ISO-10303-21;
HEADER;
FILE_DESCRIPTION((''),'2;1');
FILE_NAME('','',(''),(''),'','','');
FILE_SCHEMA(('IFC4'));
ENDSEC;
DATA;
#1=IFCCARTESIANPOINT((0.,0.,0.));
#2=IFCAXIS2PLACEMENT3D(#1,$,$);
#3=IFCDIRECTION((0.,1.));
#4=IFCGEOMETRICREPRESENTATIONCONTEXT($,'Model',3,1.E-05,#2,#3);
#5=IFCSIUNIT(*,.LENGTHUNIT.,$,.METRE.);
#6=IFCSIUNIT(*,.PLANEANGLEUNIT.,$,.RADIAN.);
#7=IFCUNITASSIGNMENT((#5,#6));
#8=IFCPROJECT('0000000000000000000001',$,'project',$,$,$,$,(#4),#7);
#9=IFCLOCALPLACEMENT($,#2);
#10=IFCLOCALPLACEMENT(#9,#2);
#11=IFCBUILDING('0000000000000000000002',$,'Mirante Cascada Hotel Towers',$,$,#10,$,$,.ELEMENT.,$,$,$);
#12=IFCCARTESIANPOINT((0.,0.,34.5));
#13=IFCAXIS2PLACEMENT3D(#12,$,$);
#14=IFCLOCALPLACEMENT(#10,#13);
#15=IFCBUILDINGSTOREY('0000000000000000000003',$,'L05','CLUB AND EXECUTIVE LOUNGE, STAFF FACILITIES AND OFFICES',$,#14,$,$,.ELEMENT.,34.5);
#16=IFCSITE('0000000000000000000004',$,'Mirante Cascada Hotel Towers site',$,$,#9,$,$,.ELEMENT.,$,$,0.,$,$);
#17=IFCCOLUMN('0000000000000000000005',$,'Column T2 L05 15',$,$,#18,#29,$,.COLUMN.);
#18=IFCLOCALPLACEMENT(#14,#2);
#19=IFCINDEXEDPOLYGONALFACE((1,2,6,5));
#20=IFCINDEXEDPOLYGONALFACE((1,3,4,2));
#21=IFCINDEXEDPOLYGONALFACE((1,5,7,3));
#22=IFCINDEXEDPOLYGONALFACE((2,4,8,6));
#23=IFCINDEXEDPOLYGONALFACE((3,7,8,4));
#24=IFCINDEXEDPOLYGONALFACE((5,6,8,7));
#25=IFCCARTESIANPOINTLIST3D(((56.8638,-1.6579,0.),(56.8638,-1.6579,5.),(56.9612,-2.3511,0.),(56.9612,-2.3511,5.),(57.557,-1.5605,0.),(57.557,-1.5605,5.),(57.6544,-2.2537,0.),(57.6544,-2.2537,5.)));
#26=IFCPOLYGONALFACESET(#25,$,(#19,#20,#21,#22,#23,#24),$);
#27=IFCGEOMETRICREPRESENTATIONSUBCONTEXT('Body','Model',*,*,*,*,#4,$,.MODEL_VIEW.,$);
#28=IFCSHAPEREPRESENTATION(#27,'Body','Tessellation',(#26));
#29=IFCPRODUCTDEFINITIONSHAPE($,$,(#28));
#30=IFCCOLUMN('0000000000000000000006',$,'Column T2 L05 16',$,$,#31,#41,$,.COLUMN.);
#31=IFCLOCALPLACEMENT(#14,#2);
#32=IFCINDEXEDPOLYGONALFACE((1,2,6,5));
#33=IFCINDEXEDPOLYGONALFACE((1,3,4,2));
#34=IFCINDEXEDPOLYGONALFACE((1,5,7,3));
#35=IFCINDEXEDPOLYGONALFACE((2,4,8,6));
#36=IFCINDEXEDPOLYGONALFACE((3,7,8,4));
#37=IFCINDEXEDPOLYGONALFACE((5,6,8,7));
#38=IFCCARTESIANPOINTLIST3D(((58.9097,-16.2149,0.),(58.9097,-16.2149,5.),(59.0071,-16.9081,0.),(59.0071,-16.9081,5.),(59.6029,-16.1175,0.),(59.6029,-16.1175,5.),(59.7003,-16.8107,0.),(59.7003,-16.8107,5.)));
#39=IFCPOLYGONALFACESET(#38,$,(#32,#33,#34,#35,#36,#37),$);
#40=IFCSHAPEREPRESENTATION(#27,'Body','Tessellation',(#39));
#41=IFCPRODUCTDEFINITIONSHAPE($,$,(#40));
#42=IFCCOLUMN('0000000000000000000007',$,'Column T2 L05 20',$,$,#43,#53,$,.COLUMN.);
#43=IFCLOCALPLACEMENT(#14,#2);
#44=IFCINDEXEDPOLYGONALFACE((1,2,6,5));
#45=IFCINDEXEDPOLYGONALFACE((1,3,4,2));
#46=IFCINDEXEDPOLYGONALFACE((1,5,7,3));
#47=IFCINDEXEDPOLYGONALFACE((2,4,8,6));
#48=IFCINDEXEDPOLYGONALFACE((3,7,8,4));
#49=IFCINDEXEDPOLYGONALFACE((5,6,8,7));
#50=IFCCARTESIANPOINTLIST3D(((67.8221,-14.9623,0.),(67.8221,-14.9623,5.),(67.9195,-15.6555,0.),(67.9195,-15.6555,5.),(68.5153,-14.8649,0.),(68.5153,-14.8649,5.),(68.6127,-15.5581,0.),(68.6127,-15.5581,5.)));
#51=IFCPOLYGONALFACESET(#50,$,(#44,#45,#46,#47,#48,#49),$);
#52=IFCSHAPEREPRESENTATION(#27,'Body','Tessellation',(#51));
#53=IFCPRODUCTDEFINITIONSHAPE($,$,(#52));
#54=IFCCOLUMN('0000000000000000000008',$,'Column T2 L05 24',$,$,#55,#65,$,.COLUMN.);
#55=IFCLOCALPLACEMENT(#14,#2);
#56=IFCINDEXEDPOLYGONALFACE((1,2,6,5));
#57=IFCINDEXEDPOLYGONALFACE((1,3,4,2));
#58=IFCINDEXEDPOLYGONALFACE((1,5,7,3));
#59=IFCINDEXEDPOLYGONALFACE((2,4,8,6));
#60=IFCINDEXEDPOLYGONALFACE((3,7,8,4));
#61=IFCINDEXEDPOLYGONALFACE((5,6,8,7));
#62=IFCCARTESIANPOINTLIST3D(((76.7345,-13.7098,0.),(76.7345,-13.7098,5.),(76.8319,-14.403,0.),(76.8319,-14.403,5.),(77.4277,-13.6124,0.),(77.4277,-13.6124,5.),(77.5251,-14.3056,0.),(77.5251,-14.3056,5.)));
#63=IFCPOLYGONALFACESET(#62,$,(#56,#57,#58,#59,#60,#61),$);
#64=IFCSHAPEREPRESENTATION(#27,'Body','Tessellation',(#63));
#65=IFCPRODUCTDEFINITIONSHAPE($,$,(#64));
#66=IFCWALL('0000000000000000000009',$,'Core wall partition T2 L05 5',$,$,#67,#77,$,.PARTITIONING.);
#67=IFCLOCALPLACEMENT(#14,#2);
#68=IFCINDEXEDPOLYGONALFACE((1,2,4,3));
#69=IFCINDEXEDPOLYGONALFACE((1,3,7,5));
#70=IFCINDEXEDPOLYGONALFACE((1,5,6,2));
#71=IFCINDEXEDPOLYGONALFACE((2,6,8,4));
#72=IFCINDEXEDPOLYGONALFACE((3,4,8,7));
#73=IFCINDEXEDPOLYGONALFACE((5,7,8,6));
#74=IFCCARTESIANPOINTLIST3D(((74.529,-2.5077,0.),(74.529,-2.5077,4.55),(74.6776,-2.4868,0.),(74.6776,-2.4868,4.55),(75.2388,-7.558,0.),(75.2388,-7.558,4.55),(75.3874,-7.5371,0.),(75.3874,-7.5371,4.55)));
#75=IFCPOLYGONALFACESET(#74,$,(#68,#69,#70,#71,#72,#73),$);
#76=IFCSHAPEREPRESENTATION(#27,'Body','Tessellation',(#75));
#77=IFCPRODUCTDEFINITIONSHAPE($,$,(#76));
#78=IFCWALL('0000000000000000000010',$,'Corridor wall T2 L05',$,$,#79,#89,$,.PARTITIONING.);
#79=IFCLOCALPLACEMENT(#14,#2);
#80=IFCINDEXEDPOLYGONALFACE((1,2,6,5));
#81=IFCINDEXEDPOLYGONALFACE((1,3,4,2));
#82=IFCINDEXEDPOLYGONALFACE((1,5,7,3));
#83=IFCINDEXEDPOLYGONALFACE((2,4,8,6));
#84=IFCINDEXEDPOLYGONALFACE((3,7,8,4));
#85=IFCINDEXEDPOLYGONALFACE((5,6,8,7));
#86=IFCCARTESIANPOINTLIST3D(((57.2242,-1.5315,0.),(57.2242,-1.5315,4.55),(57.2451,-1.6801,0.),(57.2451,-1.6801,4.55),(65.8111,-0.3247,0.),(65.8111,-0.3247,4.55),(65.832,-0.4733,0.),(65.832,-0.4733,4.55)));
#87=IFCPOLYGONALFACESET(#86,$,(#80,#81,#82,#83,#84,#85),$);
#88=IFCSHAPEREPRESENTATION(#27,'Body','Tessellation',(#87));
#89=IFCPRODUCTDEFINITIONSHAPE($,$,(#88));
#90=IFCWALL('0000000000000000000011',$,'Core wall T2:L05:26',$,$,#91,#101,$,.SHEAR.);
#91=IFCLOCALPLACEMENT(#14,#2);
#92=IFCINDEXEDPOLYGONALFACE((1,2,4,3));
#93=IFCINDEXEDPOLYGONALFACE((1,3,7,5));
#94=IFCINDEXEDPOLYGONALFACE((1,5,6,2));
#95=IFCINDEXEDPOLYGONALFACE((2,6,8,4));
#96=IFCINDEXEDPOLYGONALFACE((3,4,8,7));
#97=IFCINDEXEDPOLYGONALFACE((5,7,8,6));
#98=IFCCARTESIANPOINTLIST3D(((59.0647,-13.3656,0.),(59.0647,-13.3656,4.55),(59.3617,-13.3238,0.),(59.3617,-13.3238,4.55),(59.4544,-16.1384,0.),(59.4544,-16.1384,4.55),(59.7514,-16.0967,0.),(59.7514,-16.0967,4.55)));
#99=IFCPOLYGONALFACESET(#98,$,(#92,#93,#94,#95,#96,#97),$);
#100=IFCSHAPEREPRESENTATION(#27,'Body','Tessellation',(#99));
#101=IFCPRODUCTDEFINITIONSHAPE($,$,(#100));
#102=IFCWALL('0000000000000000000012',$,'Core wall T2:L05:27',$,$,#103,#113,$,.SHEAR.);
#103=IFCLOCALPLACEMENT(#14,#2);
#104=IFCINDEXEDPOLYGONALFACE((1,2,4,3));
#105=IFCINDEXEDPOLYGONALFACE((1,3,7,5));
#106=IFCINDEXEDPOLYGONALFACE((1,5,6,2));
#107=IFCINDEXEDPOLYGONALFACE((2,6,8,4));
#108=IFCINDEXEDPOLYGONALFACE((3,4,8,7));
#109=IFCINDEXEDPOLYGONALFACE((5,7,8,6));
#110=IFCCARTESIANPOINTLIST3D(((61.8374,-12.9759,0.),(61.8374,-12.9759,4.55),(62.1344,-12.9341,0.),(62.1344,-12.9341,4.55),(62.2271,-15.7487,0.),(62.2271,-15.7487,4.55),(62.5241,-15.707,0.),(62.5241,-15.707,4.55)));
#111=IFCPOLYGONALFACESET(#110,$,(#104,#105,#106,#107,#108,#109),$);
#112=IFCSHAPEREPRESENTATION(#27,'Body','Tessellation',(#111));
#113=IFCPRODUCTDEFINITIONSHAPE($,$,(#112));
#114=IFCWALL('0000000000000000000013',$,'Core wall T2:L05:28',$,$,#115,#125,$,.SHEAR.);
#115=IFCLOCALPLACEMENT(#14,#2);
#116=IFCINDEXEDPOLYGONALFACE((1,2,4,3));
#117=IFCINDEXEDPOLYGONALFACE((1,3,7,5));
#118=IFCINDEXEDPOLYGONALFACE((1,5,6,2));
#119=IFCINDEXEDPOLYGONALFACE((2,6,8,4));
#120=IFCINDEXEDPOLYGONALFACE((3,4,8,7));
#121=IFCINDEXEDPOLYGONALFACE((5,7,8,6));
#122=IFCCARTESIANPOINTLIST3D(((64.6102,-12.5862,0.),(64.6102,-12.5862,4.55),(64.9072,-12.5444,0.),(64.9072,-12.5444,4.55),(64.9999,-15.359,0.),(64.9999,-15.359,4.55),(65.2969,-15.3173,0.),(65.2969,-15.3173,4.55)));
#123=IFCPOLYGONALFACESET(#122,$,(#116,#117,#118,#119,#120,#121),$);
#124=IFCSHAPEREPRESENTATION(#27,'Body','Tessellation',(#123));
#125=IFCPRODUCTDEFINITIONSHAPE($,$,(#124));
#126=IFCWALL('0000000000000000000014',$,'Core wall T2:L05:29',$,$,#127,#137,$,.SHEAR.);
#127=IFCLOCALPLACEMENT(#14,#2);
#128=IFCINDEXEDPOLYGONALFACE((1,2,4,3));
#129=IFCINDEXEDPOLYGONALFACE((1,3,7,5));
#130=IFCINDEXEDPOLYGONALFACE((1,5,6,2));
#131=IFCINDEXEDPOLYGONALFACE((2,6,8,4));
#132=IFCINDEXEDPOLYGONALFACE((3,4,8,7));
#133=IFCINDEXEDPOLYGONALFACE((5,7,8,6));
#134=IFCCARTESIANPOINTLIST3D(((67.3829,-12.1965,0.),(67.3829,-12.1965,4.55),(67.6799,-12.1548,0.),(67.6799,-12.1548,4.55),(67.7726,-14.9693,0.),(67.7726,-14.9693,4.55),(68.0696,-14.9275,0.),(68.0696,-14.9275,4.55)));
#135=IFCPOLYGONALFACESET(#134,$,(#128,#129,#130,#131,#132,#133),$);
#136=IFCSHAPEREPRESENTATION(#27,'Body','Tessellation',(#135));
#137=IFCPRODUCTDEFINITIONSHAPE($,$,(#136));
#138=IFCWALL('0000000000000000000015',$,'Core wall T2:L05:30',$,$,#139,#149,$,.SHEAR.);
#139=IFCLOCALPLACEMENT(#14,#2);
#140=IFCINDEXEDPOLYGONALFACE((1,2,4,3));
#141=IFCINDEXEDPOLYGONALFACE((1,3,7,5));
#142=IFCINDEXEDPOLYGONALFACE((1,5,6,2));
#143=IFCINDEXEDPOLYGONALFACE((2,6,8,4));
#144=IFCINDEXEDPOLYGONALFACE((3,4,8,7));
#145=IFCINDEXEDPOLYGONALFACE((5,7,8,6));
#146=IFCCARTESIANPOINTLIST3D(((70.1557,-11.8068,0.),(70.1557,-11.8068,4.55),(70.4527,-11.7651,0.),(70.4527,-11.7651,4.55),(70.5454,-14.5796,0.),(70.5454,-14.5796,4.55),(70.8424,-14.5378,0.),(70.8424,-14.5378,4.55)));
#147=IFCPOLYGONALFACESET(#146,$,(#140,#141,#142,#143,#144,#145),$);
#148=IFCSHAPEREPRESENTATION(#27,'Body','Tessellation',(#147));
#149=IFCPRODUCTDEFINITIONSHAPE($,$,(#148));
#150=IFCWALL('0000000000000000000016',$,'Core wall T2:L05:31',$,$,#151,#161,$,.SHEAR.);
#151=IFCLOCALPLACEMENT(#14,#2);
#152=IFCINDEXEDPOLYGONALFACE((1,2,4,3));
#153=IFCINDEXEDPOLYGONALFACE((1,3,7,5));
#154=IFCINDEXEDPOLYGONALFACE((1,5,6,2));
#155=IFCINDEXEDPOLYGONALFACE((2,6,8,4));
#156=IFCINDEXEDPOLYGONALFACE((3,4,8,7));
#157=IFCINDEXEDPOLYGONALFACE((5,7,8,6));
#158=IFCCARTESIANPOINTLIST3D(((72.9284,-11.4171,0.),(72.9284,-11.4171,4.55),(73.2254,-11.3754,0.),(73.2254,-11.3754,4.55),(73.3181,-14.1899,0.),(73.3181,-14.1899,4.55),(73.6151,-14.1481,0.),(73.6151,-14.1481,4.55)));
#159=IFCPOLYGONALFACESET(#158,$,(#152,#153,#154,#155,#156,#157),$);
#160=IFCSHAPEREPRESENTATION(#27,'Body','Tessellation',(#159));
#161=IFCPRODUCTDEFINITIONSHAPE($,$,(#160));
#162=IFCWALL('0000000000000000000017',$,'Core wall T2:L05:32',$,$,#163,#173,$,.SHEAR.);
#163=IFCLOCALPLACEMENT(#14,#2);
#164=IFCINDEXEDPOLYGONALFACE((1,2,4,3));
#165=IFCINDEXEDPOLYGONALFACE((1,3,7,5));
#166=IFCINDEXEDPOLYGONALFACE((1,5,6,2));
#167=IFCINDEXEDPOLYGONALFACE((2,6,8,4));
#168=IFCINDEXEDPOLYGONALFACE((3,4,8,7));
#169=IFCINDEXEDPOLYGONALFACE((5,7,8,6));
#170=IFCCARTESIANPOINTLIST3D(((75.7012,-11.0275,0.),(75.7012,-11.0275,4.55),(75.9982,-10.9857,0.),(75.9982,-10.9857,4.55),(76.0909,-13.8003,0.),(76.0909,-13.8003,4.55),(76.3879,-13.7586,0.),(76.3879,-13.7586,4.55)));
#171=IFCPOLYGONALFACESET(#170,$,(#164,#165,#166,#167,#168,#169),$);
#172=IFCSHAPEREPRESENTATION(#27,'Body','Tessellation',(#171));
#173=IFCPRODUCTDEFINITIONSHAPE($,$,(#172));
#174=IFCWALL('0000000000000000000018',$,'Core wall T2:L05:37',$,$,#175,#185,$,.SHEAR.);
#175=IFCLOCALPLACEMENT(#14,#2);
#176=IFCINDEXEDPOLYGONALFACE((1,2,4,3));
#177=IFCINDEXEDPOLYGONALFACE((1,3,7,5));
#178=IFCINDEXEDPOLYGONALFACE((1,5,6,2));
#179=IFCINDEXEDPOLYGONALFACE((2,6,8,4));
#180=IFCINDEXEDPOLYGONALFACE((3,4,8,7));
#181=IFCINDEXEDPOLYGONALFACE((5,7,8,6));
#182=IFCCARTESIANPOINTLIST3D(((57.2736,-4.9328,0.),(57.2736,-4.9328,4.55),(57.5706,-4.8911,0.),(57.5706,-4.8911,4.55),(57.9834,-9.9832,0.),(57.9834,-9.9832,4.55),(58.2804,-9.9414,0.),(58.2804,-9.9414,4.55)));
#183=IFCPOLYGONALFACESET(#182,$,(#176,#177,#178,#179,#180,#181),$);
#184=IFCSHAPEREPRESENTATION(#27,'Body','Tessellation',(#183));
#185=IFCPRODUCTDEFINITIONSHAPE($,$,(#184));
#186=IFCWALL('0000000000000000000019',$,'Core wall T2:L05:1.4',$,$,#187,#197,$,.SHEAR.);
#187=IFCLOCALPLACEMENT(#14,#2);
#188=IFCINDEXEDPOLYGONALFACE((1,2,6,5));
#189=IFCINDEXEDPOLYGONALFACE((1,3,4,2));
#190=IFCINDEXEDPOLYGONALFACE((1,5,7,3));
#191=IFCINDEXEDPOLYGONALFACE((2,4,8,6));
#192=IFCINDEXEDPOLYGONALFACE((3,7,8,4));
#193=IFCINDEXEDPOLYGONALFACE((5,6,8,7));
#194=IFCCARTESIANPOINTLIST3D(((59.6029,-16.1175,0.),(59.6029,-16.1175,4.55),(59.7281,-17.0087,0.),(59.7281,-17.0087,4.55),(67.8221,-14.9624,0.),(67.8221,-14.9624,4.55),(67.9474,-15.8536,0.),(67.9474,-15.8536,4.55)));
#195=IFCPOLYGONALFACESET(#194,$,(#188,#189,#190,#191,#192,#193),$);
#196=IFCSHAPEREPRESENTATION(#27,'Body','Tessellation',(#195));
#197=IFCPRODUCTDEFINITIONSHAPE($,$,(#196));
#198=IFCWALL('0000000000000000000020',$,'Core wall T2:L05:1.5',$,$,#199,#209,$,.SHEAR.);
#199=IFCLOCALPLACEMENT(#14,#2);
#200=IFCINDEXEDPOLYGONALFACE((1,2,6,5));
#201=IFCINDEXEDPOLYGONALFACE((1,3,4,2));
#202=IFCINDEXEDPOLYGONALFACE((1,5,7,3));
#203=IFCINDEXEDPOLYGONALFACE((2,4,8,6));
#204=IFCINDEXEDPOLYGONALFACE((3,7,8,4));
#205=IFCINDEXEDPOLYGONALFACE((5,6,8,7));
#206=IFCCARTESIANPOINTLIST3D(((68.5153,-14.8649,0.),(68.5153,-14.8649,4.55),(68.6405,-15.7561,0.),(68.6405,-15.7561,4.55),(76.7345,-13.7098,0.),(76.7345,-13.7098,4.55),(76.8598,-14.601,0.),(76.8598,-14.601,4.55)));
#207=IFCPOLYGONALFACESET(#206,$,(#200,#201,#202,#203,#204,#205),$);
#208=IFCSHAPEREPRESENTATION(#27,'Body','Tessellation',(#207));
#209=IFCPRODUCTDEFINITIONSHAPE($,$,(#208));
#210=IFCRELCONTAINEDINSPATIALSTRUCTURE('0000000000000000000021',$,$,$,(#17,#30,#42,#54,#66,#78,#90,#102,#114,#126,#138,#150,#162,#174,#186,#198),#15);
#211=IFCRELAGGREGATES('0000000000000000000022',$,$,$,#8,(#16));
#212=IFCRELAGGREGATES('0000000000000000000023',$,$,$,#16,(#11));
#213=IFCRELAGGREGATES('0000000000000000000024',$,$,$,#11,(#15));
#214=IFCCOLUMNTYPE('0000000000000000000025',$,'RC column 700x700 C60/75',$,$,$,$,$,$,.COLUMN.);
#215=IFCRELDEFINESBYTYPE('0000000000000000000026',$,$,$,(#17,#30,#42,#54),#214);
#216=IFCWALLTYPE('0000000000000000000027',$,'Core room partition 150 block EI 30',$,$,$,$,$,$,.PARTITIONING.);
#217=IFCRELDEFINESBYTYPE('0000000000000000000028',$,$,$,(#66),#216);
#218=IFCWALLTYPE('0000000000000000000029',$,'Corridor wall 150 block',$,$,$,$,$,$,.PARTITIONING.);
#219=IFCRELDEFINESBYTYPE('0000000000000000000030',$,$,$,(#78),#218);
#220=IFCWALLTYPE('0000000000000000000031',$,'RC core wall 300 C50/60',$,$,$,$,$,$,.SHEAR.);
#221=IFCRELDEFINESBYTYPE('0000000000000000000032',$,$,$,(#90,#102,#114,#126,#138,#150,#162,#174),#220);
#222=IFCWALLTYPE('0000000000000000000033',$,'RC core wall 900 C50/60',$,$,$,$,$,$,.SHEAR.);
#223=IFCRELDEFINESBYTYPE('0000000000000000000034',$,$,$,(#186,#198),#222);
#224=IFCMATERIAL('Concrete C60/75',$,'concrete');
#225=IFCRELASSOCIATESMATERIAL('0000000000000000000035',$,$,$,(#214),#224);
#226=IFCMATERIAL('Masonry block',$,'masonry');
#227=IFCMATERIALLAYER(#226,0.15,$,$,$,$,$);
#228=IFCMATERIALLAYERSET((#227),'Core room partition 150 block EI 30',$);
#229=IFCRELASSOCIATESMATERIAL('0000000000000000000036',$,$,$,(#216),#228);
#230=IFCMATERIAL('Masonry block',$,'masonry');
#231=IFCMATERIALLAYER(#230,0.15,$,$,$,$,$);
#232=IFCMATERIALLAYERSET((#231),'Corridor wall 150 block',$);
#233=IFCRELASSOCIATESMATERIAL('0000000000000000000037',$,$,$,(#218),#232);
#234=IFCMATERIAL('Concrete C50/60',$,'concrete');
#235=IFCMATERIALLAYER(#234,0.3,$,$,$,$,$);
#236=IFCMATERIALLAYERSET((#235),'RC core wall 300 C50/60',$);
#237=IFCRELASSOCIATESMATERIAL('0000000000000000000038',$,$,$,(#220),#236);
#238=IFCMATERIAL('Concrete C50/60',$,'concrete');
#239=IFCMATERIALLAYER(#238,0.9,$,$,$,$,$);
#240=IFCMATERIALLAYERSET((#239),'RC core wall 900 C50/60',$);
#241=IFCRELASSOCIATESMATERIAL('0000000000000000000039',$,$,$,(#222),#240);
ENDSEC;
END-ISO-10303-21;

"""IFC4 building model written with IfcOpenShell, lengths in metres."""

from ifc_helpers import new_model, si_unit, direction, frame, frame_2d, origin, origin_2d, place, context, subcontext, project, spatial, rectangle, extrude, material, layer, layer_set, material_profile, profile_set, type_object, element, save


model = new_model("IFC4")

# Units and contexts
model_context = context("Model", 3, precision=1e-05, world=origin(), true_north=direction((0.0, 1.0)))
body_context = subcontext(model_context, "Body", "Model", "MODEL_VIEW")
ifc_project = project(units=[si_unit("LENGTHUNIT", "METRE"), si_unit("PLANEANGLEUNIT", "RADIAN")], contexts=[model_context])

# Site, building, storey
site_placement = place(None, origin())
site = spatial("IfcSite", under=ifc_project, at=site_placement, Name="Mirante Cascada Hotel Towers site", CompositionType="ELEMENT", RefElevation=0.0)
building_placement = place(site_placement, origin())
building = spatial("IfcBuilding", under=site, at=building_placement, Name="Mirante Cascada Hotel Towers", CompositionType="ELEMENT")
storey_placement = place(building_placement, frame((0.0, 0.0, 34.5)))
storey = spatial("IfcBuildingStorey", under=building, at=storey_placement, Name="L05", Description="CLUB AND EXECUTIVE LOUNGE, STAFF FACILITIES AND OFFICES", CompositionType="ELEMENT", Elevation=34.5)

# Columns
ifc_material_1 = material(Name="Concrete C60/75", Category="concrete")
ifc_material_profile = material_profile(ifc_material_1, rectangle(XDim=0.7, YDim=0.7, at=origin_2d()), Name="RC column 700x700 C60/75")
ifc_profile_set = profile_set([ifc_material_profile], Name="Concrete C60/75")
column_type = type_object("IfcColumnType", Name="RC column 700x700 C60/75", PredefinedType="COLUMN", material=ifc_profile_set)
for number, where, z_axis, x_axis, name in (
    (1, (57.2591, -1.9558, 0.0), (0.0, 0.0, 1.0), (0.990268, 0.139173, 0.0), "Column T2 L05 15"),
    (2, (59.305, -16.5128, 0.0), (0.0, 0.0, 1.0), (0.990268, 0.139173, 0.0), "Column T2 L05 16"),
    (3, (68.2174, -15.2602, 0.0), (0.0, 0.0, 1.0), (0.990268, 0.139173, 0.0), "Column T2 L05 20"),
    (4, (77.1298, -14.0077, 0.0), (0.0, 0.0, 1.0), (0.990268, 0.139173, 0.0), "Column T2 L05 24"),
):
    element("IfcColumn", number, at=place(storey_placement, frame(where, z_axis=z_axis, x_axis=x_axis)), inside=storey, type_object=column_type, Name=name, PredefinedType="COLUMN", context=body_context, shape_type="SweptSolid", body=[
        extrude(rectangle(XDim=0.7, YDim=0.7, at=origin_2d()), origin(), (0.0, 0.0, 1.0), 5.0),
    ])

# Walls
ifc_material_2 = material(Name="Masonry block", Category="masonry")
ifc_layer_1 = layer(ifc_material_2, 0.15)
ifc_layer_set_1 = layer_set([ifc_layer_1], Name="Core room partition 150 block EI 30")
wall_type_1 = type_object("IfcWallType", Name="Core room partition 150 block EI 30", PredefinedType="PARTITIONING", material=ifc_layer_set_1)
wall_1_placement = place(storey_placement, frame((75.3131, -7.5476, 0.0), z_axis=(0.0, 0.0, 1.0), x_axis=(-0.139178, 0.990267, 0.0)))
element("IfcWall", 5, at=wall_1_placement, inside=storey, type_object=wall_type_1, Name="Core wall partition T2 L05 5", PredefinedType="PARTITIONING", context=body_context, shape_type="SweptSolid", body=[
    extrude(rectangle(XDim=5.0999, YDim=0.15, at=frame_2d((2.55, 0.0))), origin(), (0.0, 0.0, 1.0), 4.55),
])
ifc_material_3 = material(Name="Masonry block", Category="masonry")
ifc_layer_2 = layer(ifc_material_3, 0.15)
ifc_layer_set_2 = layer_set([ifc_layer_2], Name="Corridor wall 150 block")
wall_type_2 = type_object("IfcWallType", Name="Corridor wall 150 block", PredefinedType="PARTITIONING", material=ifc_layer_set_2)
wall_2_placement = place(storey_placement, frame((57.2347, -1.6058, 0.0), z_axis=(0.0, 0.0, 1.0), x_axis=(0.990268, 0.139172, 0.0)))
element("IfcWall", 6, at=wall_2_placement, inside=storey, type_object=wall_type_2, Name="Corridor wall T2 L05", PredefinedType="PARTITIONING", context=body_context, shape_type="SweptSolid", body=[
    extrude(rectangle(XDim=8.6713, YDim=0.15, at=frame_2d((4.3356, 0.0))), origin(), (0.0, 0.0, 1.0), 4.55),
])
ifc_material_4 = material(Name="Concrete C50/60", Category="concrete")
ifc_layer_3 = layer(ifc_material_4, 0.3)
ifc_layer_set_3 = layer_set([ifc_layer_3], Name="RC core wall 300 C50/60")
wall_type_3 = type_object("IfcWallType", Name="RC core wall 300 C50/60", PredefinedType="SHEAR", material=ifc_layer_set_3)
for number, where, z_axis, x_axis, name in (
    (7, (59.6029, -16.1175, 0.0), (0.0, 0.0, 1.0), (-0.139176, 0.990268, 0.0), "Core wall T2:L05:26"),
    (8, (62.3756, -15.7278, 0.0), (0.0, 0.0, 1.0), (-0.139176, 0.990268, 0.0), "Core wall T2:L05:27"),
    (9, (65.1484, -15.3381, 0.0), (0.0, 0.0, 1.0), (-0.139176, 0.990268, 0.0), "Core wall T2:L05:28"),
):
    element("IfcWall", number, at=place(storey_placement, frame(where, z_axis=z_axis, x_axis=x_axis)), inside=storey, type_object=wall_type_3, Name=name, PredefinedType="SHEAR", context=body_context, shape_type="SweptSolid", body=[
        extrude(rectangle(XDim=2.8001, YDim=0.3, at=frame_2d((1.4, 0.0))), origin(), (0.0, 0.0, 1.0), 4.55),
    ])
for number, where, z_axis, x_axis, name in (
    (10, (67.9211, -14.9484, 0.0), (0.0, 0.0, 1.0), (-0.139181, 0.990267, 0.0), "Core wall T2:L05:29"),
    (11, (70.6939, -14.5587, 0.0), (0.0, 0.0, 1.0), (-0.139181, 0.990267, 0.0), "Core wall T2:L05:30"),
    (12, (73.4666, -14.169, 0.0), (0.0, 0.0, 1.0), (-0.139181, 0.990267, 0.0), "Core wall T2:L05:31"),
):
    element("IfcWall", number, at=place(storey_placement, frame(where, z_axis=z_axis, x_axis=x_axis)), inside=storey, type_object=wall_type_3, Name=name, PredefinedType="SHEAR", context=body_context, shape_type="SweptSolid", body=[
        extrude(rectangle(XDim=2.8, YDim=0.3, at=frame_2d((1.4, 0.0))), origin(), (0.0, 0.0, 1.0), 4.55),
    ])
wall_3_placement = place(storey_placement, frame((76.2394, -13.7794, 0.0), z_axis=(0.0, 0.0, 1.0), x_axis=(-0.139176, 0.990268, 0.0)))
element("IfcWall", 13, at=wall_3_placement, inside=storey, type_object=wall_type_3, Name="Core wall T2:L05:32", PredefinedType="SHEAR", context=body_context, shape_type="SweptSolid", body=[
    extrude(rectangle(XDim=2.8001, YDim=0.3, at=frame_2d((1.4, 0.0))), origin(), (0.0, 0.0, 1.0), 4.55),
])
wall_4_placement = place(storey_placement, frame((58.1319, -9.9623, 0.0), z_axis=(0.0, 0.0, 1.0), x_axis=(-0.139176, 0.990268, 0.0)))
element("IfcWall", 14, at=wall_4_placement, inside=storey, type_object=wall_type_3, Name="Core wall T2:L05:37", PredefinedType="SHEAR", context=body_context, shape_type="SweptSolid", body=[
    extrude(rectangle(XDim=5.1, YDim=0.3, at=frame_2d((2.55, 0.0))), origin(), (0.0, 0.0, 1.0), 4.55),
])
ifc_material_5 = material(Name="Concrete C50/60", Category="concrete")
ifc_layer_4 = layer(ifc_material_5, 0.9)
ifc_layer_set_4 = layer_set([ifc_layer_4], Name="RC core wall 900 C50/60")
wall_type_4 = type_object("IfcWallType", Name="RC core wall 900 C50/60", PredefinedType="SHEAR", material=ifc_layer_set_4)
for number, where, z_axis, x_axis, name in (
    (15, (59.6655, -16.5631, 0.0), (0.0, 0.0, 1.0), (0.990269, 0.139169, 0.0), "Core wall T2:L05:1.4"),
    (16, (68.5779, -15.3105, 0.0), (0.0, 0.0, 1.0), (0.990269, 0.139169, 0.0), "Core wall T2:L05:1.5"),
):
    element("IfcWall", number, at=place(storey_placement, frame(where, z_axis=z_axis, x_axis=x_axis)), inside=storey, type_object=wall_type_4, Name=name, PredefinedType="SHEAR", context=body_context, shape_type="SweptSolid", body=[
        extrude(rectangle(XDim=8.3, YDim=0.9, at=frame_2d((4.15, 0.0))), origin(), (0.0, 0.0, 1.0), 4.55),
    ])

save(model, "model.ifc")
